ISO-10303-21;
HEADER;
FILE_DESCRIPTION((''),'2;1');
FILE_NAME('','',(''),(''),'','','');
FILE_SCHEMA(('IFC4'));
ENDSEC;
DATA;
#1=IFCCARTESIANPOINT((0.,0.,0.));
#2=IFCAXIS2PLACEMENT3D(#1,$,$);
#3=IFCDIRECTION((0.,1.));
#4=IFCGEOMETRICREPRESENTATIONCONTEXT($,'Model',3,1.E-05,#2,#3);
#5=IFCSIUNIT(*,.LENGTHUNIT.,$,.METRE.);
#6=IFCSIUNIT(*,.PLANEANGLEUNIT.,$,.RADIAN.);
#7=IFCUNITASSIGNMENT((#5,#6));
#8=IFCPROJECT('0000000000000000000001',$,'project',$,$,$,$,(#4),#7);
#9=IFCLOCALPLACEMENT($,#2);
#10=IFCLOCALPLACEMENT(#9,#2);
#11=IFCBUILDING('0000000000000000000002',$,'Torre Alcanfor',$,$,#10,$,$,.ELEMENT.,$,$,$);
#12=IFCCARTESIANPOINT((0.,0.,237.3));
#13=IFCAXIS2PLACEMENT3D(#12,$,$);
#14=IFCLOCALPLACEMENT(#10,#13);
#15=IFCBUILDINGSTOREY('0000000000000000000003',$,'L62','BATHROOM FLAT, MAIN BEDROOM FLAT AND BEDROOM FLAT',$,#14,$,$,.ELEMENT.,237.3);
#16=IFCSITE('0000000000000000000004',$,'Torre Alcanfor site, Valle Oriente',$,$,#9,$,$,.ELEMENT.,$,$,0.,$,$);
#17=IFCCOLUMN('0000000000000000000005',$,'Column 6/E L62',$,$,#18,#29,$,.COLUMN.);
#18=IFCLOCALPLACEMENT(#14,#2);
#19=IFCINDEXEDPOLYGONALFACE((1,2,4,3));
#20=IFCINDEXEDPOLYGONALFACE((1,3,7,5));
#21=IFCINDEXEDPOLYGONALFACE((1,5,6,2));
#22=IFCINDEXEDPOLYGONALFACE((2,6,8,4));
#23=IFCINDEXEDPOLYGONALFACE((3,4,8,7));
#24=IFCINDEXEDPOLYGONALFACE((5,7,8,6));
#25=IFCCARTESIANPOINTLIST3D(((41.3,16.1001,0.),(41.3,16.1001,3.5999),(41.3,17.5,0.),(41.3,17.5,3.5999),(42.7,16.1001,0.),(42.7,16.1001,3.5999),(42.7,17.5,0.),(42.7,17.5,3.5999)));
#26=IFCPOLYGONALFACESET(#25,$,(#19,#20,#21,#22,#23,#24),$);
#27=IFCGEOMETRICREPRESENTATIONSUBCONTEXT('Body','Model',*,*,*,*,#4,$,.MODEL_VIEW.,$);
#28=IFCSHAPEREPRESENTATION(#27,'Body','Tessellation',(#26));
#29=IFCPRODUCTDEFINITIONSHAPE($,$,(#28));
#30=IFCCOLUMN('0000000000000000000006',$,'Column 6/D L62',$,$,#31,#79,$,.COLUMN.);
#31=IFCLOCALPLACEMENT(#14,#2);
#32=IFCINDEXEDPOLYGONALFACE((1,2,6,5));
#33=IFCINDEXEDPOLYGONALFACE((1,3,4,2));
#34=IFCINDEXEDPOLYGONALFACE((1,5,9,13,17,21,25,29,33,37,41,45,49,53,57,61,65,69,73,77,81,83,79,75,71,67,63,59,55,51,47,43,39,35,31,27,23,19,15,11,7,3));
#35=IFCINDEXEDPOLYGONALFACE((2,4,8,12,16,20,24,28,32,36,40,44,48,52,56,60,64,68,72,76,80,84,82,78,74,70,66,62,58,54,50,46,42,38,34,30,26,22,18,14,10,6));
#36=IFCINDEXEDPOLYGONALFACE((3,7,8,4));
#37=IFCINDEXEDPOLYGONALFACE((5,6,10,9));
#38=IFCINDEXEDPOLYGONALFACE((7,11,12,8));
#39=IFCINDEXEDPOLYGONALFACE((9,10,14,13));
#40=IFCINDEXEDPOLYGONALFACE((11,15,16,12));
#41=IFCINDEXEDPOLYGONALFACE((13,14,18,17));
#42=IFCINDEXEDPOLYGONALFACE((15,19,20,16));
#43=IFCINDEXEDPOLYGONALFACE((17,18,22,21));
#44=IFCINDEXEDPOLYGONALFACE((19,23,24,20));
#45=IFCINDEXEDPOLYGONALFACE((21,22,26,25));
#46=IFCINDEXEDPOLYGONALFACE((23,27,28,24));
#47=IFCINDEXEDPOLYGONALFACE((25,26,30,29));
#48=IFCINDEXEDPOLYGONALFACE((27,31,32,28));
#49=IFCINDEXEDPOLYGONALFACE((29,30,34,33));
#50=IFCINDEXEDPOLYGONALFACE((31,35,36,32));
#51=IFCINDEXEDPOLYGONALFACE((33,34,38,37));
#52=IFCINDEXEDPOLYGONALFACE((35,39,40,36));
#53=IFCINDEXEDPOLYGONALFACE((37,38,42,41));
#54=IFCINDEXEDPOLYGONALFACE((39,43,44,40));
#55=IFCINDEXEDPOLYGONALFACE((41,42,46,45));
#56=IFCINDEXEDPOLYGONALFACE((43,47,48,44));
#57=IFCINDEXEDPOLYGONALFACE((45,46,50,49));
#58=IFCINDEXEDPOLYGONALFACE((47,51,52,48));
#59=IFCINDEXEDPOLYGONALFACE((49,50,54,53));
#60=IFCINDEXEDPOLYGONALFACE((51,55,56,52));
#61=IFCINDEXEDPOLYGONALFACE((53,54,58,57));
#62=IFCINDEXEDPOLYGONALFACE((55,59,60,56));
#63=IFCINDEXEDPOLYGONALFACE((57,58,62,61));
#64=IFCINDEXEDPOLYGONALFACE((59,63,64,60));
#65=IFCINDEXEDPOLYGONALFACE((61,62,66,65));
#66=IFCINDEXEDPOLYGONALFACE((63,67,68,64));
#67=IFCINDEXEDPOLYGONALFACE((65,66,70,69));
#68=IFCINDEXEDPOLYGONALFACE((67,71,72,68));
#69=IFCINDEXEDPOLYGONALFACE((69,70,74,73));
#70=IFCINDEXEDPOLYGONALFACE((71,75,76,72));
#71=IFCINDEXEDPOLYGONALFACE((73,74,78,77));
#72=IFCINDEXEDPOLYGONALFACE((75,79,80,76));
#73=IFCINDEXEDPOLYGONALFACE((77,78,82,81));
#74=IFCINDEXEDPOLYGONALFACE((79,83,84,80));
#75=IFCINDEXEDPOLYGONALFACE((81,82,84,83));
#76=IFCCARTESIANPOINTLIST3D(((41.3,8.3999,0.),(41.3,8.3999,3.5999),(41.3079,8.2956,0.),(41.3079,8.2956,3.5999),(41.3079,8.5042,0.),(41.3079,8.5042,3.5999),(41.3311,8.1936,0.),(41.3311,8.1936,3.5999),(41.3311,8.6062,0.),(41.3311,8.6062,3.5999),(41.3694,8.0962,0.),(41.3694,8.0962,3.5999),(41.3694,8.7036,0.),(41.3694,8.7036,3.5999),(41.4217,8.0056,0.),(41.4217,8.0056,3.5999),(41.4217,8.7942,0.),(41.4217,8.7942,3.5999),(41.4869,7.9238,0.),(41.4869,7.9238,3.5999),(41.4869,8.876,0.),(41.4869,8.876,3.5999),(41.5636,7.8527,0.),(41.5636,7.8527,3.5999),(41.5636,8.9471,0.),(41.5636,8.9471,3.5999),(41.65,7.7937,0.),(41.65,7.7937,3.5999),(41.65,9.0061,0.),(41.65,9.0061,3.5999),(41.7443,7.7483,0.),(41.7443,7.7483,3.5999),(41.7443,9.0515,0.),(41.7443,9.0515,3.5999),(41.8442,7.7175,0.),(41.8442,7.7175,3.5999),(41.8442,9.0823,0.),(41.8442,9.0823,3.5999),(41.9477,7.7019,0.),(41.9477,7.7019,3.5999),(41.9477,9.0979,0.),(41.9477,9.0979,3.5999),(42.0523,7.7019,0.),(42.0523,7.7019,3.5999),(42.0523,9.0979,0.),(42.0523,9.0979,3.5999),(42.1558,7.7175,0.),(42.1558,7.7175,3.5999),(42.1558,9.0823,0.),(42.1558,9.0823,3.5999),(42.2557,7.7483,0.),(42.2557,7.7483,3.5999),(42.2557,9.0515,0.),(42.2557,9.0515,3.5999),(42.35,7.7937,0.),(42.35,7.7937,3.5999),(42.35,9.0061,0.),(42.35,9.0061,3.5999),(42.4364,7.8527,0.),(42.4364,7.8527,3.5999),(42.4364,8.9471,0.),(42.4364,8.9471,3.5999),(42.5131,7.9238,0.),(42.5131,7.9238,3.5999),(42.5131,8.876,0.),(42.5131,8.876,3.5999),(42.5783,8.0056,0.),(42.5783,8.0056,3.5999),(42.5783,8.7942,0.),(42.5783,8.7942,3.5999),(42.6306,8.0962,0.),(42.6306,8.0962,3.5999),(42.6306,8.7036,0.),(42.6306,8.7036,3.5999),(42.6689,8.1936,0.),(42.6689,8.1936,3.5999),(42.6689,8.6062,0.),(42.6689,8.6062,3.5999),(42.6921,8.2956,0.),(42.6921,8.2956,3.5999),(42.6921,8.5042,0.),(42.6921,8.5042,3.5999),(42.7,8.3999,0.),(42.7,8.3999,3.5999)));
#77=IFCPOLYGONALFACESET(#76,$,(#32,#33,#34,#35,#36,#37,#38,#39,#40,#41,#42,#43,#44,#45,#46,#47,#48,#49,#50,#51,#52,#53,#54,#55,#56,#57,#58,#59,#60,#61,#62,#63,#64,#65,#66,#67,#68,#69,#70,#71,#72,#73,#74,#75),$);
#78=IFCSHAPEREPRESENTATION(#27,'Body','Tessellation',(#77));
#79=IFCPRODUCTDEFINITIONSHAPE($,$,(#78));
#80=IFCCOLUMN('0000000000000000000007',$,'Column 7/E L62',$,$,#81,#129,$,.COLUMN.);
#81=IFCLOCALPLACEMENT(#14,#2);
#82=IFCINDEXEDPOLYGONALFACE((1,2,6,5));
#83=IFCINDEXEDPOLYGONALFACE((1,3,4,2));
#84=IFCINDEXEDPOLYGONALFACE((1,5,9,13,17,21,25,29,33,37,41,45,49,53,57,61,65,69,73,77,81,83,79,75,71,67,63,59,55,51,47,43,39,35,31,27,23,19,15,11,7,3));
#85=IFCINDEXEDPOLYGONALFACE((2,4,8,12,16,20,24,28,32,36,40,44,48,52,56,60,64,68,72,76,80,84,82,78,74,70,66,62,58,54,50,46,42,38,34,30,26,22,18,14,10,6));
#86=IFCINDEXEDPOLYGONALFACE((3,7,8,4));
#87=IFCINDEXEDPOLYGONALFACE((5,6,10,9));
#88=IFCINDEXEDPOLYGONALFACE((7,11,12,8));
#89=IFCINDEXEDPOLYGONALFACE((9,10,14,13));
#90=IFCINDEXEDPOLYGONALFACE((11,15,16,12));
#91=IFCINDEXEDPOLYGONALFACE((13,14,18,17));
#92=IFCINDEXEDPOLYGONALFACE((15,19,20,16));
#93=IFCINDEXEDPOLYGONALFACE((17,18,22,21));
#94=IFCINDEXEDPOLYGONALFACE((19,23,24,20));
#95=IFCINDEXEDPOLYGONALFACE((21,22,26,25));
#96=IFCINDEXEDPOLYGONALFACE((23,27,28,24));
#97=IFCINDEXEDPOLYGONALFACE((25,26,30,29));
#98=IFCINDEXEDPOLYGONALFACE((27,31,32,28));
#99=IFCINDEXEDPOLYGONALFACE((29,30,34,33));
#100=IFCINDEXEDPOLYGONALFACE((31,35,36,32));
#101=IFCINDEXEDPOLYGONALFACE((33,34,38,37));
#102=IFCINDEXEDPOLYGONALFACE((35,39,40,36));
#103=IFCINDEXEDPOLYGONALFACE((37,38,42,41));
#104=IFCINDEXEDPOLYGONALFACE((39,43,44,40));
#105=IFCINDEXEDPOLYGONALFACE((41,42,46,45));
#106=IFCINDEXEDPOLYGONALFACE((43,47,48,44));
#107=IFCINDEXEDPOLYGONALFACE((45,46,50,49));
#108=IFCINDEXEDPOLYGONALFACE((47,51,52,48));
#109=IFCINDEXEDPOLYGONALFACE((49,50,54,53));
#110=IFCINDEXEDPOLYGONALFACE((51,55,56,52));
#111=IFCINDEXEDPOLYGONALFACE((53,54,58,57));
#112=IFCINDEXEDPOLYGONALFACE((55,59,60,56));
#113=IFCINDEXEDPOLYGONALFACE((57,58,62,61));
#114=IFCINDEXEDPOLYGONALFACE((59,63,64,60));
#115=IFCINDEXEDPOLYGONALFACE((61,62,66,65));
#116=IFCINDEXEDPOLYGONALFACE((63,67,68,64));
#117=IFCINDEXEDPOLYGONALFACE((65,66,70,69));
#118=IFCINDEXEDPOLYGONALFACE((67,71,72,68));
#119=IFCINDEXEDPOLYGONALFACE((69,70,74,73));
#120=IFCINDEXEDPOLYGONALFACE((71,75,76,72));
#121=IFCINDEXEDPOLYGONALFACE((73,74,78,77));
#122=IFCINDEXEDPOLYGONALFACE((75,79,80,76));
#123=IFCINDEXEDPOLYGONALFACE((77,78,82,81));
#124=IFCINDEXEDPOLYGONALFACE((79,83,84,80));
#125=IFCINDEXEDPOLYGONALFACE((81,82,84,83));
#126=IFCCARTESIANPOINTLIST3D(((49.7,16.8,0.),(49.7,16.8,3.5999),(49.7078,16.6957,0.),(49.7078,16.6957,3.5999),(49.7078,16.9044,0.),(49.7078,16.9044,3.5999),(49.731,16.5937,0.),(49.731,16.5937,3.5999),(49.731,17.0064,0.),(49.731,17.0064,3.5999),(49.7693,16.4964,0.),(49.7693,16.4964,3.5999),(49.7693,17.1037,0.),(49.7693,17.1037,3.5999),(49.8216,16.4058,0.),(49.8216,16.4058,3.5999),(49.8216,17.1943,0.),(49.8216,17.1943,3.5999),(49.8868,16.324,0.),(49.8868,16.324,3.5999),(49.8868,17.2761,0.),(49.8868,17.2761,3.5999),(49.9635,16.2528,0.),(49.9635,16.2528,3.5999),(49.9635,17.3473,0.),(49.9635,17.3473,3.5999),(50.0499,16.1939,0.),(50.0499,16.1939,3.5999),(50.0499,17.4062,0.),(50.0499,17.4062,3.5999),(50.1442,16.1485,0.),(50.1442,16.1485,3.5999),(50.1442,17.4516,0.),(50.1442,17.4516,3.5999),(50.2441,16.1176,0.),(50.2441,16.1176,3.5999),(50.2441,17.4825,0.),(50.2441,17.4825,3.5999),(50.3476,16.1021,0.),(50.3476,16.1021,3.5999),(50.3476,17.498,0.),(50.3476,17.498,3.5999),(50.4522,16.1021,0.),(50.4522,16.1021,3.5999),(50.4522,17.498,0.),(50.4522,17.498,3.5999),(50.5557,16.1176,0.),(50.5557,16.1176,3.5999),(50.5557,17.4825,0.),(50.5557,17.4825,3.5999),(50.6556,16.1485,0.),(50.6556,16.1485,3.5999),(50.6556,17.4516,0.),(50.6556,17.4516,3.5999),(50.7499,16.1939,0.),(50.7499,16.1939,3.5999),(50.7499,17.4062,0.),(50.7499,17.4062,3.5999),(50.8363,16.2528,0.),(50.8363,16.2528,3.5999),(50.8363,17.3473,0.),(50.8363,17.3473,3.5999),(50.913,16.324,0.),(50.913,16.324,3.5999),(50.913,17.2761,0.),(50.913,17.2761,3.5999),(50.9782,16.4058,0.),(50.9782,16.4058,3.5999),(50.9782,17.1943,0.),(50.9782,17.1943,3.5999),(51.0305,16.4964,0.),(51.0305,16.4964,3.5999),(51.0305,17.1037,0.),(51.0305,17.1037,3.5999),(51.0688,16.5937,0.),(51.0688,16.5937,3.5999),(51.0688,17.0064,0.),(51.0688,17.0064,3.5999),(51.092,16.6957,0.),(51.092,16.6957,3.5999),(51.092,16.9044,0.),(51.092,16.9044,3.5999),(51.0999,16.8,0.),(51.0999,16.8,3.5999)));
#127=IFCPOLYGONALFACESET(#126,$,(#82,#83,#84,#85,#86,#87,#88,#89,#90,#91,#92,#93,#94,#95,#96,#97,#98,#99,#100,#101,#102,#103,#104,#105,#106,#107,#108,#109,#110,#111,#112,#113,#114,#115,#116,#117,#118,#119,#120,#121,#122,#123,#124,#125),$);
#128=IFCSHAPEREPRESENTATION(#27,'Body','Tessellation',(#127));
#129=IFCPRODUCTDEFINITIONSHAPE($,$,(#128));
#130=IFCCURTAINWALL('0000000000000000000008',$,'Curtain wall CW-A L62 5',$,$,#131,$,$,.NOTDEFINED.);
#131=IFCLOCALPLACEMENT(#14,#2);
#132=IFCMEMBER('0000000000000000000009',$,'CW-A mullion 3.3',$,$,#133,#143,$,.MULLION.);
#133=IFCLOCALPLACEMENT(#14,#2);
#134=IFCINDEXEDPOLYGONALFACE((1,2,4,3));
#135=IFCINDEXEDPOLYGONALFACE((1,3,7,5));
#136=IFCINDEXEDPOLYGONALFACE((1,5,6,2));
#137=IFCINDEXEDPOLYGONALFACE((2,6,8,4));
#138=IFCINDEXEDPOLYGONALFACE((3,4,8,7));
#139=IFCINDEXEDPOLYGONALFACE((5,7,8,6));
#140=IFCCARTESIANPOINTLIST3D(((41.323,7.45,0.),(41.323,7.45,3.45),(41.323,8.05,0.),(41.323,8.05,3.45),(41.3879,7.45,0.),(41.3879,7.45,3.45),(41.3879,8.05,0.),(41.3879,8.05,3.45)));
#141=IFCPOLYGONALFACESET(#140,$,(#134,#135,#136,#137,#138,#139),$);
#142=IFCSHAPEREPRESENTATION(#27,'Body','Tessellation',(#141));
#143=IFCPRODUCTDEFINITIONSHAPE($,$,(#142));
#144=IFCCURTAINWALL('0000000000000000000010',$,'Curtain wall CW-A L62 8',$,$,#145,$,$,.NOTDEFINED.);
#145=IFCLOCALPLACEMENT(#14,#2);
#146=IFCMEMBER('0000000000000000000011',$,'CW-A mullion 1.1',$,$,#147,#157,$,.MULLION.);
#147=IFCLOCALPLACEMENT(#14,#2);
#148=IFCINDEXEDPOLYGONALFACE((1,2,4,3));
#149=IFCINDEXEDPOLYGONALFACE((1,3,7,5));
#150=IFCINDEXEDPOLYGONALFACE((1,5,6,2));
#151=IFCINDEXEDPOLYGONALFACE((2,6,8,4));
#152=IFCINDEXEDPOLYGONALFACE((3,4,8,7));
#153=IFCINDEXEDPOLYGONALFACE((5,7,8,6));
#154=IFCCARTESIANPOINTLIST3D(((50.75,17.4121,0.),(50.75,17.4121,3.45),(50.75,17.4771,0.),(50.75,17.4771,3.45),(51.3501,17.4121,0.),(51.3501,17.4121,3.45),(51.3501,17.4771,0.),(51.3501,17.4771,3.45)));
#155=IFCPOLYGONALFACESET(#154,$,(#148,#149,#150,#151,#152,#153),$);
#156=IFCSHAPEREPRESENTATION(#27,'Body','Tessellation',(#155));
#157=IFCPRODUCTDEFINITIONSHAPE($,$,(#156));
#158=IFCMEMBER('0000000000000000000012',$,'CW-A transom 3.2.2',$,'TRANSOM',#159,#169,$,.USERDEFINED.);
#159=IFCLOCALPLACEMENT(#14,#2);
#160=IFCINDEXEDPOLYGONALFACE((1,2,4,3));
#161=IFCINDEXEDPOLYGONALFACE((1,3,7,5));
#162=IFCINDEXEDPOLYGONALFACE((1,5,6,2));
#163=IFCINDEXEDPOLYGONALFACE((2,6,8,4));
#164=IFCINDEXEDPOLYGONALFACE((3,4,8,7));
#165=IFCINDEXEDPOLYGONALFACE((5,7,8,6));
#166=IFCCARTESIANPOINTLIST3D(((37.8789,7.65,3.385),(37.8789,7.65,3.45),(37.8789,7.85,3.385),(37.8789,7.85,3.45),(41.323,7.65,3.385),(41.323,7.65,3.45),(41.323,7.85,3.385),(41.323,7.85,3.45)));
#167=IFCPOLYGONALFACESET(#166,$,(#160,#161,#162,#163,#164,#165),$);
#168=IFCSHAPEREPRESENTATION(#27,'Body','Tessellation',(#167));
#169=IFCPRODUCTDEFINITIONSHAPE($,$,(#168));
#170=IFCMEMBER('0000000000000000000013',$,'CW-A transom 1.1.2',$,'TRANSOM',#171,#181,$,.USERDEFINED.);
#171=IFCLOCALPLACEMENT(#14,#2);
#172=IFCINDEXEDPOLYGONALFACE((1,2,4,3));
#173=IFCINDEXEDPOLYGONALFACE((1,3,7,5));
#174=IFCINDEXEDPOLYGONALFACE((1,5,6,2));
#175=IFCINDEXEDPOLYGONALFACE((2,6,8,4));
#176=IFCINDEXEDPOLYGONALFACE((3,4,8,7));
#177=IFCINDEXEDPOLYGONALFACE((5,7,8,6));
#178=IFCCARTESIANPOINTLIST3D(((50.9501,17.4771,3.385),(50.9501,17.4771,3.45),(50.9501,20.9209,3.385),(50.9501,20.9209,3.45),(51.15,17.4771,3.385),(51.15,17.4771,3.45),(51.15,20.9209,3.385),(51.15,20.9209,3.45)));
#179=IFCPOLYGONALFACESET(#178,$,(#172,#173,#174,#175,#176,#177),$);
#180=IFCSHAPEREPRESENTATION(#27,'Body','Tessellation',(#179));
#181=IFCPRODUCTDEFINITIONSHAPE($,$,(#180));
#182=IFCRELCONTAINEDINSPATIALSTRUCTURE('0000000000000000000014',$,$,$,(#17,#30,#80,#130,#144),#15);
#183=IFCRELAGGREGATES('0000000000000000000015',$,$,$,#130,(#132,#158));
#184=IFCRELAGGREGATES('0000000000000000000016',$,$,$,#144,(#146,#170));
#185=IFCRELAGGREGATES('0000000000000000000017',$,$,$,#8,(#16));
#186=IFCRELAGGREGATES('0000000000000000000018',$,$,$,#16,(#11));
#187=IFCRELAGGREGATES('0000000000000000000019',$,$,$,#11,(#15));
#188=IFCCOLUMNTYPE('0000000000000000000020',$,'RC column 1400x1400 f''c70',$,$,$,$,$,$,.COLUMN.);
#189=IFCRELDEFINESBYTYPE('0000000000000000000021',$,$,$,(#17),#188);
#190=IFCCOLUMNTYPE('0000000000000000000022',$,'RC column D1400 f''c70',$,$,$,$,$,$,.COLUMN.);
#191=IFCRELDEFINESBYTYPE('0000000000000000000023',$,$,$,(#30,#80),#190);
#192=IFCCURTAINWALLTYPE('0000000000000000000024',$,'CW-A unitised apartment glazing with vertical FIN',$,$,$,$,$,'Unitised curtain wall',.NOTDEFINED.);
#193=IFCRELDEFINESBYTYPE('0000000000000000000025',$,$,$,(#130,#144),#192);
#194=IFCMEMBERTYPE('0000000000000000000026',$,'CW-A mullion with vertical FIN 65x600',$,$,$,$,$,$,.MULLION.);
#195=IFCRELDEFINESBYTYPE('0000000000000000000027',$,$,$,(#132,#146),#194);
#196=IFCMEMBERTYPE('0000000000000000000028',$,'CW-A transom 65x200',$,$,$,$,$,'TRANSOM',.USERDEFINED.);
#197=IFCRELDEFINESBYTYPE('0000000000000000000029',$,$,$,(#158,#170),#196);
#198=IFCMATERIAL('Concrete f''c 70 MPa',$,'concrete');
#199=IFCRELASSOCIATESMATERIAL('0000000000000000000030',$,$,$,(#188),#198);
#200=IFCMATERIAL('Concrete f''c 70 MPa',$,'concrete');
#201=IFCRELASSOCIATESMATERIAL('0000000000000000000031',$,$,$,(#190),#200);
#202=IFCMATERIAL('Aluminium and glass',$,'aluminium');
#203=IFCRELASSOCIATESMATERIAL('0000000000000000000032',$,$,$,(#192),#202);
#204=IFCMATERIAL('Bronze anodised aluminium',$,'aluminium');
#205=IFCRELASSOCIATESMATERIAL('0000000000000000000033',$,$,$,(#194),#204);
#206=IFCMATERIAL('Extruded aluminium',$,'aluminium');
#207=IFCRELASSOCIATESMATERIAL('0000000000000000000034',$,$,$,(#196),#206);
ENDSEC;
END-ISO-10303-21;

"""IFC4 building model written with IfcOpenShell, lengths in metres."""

from ifc_helpers import new_model, si_unit, direction, frame, origin, origin_2d, place, context, subcontext, project, spatial, rectangle, circle, extrude, material, material_profile, profile_set, type_object, element, aggregate, save


model = new_model("IFC4")

# Units and contexts
model_context = context("Model", 3, precision=1e-05, world=origin(), true_north=direction((0.0, 1.0)))
body_context = subcontext(model_context, "Body", "Model", "MODEL_VIEW")
ifc_project = project(units=[si_unit("LENGTHUNIT", "METRE"), si_unit("PLANEANGLEUNIT", "RADIAN")], contexts=[model_context])

# Site, building, storey
site_placement = place(None, origin())
site = spatial("IfcSite", under=ifc_project, at=site_placement, Name="Torre Alcanfor site, Valle Oriente", CompositionType="ELEMENT", RefElevation=0.0)
building_placement = place(site_placement, origin())
building = spatial("IfcBuilding", under=site, at=building_placement, Name="Torre Alcanfor", CompositionType="ELEMENT")
storey_placement = place(building_placement, frame((0.0, 0.0, 237.3)))
storey = spatial("IfcBuildingStorey", under=building, at=storey_placement, Name="L62", Description="BATHROOM FLAT, MAIN BEDROOM FLAT AND BEDROOM FLAT", CompositionType="ELEMENT", Elevation=237.3)

# Columns
ifc_material_1 = material(Name="Concrete f'c 70 MPa", Category="concrete")
ifc_material_profile_1 = material_profile(ifc_material_1, rectangle(XDim=1.3999, YDim=1.3999, at=origin_2d()), Name="1400x1400")
ifc_profile_set_1 = profile_set([ifc_material_profile_1], Name="Concrete f'c 70 MPa")
column_type_1 = type_object("IfcColumnType", Name="RC column 1400x1400 f'c70", PredefinedType="COLUMN", material=ifc_profile_set_1)
column_placement = place(storey_placement, frame((42.0, 16.8, 0.0), z_axis=(0.0, 0.0, 1.0), x_axis=(1.0, 0.0, 0.0)))
element("IfcColumn", 1, at=column_placement, inside=storey, type_object=column_type_1, Name="Column 6/E L62", PredefinedType="COLUMN", context=body_context, shape_type="SweptSolid", body=[
    extrude(rectangle(XDim=1.3999, YDim=1.3999, at=origin_2d()), origin(), (0.0, 0.0, 1.0), 3.5999),
])
ifc_material_2 = material(Name="Concrete f'c 70 MPa", Category="concrete")
ifc_material_profile_2 = material_profile(ifc_material_2, circle(Radius=0.7, at=origin_2d()), Name="D1400")
ifc_profile_set_2 = profile_set([ifc_material_profile_2], Name="Concrete f'c 70 MPa")
column_type_2 = type_object("IfcColumnType", Name="RC column D1400 f'c70", PredefinedType="COLUMN", material=ifc_profile_set_2)
for number, where, z_axis, x_axis, name in (
    (2, (42.0, 8.3999, 0.0), (0.0, 0.0, 1.0), (1.0, 0.0, 0.0), "Column 6/D L62"),
    (3, (50.3999, 16.8, 0.0), (0.0, 0.0, 1.0), (1.0, 0.0, 0.0), "Column 7/E L62"),
):
    element("IfcColumn", number, at=place(storey_placement, frame(where, z_axis=z_axis, x_axis=x_axis)), inside=storey, type_object=column_type_2, Name=name, PredefinedType="COLUMN", context=body_context, shape_type="SweptSolid", body=[
        extrude(circle(Radius=0.7, at=origin_2d()), origin(), (0.0, 0.0, 1.0), 3.5999),
    ])

# Curtain walls, members
ifc_material_3 = material(Name="Aluminium and glass", Category="aluminium")
curtain_wall_type = type_object("IfcCurtainWallType", Name="CW-A unitised apartment glazing with vertical FIN", ElementType="Unitised curtain wall", PredefinedType="NOTDEFINED", material=ifc_material_3)
curtain_wall_1_placement = place(storey_placement, origin())
curtain_wall_1 = element("IfcCurtainWall", 4, at=curtain_wall_1_placement, inside=storey, type_object=curtain_wall_type, Name="Curtain wall CW-A L62 5", PredefinedType="NOTDEFINED")
ifc_material_4 = material(Name="Bronze anodised aluminium", Category="aluminium")
ifc_material_profile_3 = material_profile(ifc_material_4, rectangle(XDim=0.6001, YDim=0.0649, at=origin_2d()), Name="CW-A mullion 65x600")
ifc_profile_set_3 = profile_set([ifc_material_profile_3], Name="Bronze anodised aluminium")
member_type_1 = type_object("IfcMemberType", Name="CW-A mullion with vertical FIN 65x600", PredefinedType="MULLION", material=ifc_profile_set_3)
member_1_placement = place(storey_placement, frame((41.3555, 7.75, 0.0), z_axis=(0.0, 0.0, 1.0), x_axis=(0.0, 1.0, 0.0)))
member_1 = element("IfcMember", 5, at=member_1_placement, type_object=member_type_1, Name="CW-A mullion 3.3", PredefinedType="MULLION", context=body_context, shape_type="SweptSolid", body=[
    extrude(rectangle(XDim=0.6001, YDim=0.0649, at=origin_2d()), origin(), (0.0, 0.0, 1.0), 3.45),
])
curtain_wall_2_placement = place(storey_placement, origin())
curtain_wall_2 = element("IfcCurtainWall", 6, at=curtain_wall_2_placement, inside=storey, type_object=curtain_wall_type, Name="Curtain wall CW-A L62 8", PredefinedType="NOTDEFINED")
member_2_placement = place(storey_placement, frame((51.05, 17.4446, 0.0), z_axis=(0.0, 0.0, 1.0), x_axis=(-1.0, 0.0, 0.0)))
member_2 = element("IfcMember", 7, at=member_2_placement, type_object=member_type_1, Name="CW-A mullion 1.1", PredefinedType="MULLION", context=body_context, shape_type="SweptSolid", body=[
    extrude(rectangle(XDim=0.6001, YDim=0.0649, at=origin_2d()), origin(), (0.0, 0.0, 1.0), 3.45),
])

# Members
ifc_material_5 = material(Name="Extruded aluminium", Category="aluminium")
ifc_material_profile_4 = material_profile(ifc_material_5, rectangle(XDim=0.2, YDim=0.0649, at=origin_2d()), Name="CW-A transom 200x65")
ifc_profile_set_4 = profile_set([ifc_material_profile_4], Name="Extruded aluminium")
member_type_2 = type_object("IfcMemberType", Name="CW-A transom 65x200", ElementType="TRANSOM", PredefinedType="USERDEFINED", material=ifc_profile_set_4)
member_3_placement = place(storey_placement, frame((37.8789, 7.75, 3.4175), z_axis=(1.0, 0.0, 0.0), x_axis=(0.0, 1.0, 0.0)))
member_3 = element("IfcMember", 8, at=member_3_placement, type_object=member_type_2, Name="CW-A transom 3.2.2", ObjectType="TRANSOM", PredefinedType="USERDEFINED", context=body_context, shape_type="SweptSolid", body=[
    extrude(rectangle(XDim=0.2, YDim=0.0649, at=origin_2d()), origin(), (0.0, 0.0, 1.0), 3.4441),
])
member_4_placement = place(storey_placement, frame((51.05, 17.4771, 3.4175), z_axis=(0.0, 1.0, 0.0), x_axis=(-1.0, 0.0, 0.0)))
member_4 = element("IfcMember", 9, at=member_4_placement, type_object=member_type_2, Name="CW-A transom 1.1.2", ObjectType="TRANSOM", PredefinedType="USERDEFINED", context=body_context, shape_type="SweptSolid", body=[
    extrude(rectangle(XDim=0.2, YDim=0.0649, at=origin_2d()), origin(), (0.0, 0.0, 1.0), 3.4438),
])

aggregate(curtain_wall_1, [member_1, member_3])
aggregate(curtain_wall_2, [member_2, member_4])

save(model, "model.ifc")
